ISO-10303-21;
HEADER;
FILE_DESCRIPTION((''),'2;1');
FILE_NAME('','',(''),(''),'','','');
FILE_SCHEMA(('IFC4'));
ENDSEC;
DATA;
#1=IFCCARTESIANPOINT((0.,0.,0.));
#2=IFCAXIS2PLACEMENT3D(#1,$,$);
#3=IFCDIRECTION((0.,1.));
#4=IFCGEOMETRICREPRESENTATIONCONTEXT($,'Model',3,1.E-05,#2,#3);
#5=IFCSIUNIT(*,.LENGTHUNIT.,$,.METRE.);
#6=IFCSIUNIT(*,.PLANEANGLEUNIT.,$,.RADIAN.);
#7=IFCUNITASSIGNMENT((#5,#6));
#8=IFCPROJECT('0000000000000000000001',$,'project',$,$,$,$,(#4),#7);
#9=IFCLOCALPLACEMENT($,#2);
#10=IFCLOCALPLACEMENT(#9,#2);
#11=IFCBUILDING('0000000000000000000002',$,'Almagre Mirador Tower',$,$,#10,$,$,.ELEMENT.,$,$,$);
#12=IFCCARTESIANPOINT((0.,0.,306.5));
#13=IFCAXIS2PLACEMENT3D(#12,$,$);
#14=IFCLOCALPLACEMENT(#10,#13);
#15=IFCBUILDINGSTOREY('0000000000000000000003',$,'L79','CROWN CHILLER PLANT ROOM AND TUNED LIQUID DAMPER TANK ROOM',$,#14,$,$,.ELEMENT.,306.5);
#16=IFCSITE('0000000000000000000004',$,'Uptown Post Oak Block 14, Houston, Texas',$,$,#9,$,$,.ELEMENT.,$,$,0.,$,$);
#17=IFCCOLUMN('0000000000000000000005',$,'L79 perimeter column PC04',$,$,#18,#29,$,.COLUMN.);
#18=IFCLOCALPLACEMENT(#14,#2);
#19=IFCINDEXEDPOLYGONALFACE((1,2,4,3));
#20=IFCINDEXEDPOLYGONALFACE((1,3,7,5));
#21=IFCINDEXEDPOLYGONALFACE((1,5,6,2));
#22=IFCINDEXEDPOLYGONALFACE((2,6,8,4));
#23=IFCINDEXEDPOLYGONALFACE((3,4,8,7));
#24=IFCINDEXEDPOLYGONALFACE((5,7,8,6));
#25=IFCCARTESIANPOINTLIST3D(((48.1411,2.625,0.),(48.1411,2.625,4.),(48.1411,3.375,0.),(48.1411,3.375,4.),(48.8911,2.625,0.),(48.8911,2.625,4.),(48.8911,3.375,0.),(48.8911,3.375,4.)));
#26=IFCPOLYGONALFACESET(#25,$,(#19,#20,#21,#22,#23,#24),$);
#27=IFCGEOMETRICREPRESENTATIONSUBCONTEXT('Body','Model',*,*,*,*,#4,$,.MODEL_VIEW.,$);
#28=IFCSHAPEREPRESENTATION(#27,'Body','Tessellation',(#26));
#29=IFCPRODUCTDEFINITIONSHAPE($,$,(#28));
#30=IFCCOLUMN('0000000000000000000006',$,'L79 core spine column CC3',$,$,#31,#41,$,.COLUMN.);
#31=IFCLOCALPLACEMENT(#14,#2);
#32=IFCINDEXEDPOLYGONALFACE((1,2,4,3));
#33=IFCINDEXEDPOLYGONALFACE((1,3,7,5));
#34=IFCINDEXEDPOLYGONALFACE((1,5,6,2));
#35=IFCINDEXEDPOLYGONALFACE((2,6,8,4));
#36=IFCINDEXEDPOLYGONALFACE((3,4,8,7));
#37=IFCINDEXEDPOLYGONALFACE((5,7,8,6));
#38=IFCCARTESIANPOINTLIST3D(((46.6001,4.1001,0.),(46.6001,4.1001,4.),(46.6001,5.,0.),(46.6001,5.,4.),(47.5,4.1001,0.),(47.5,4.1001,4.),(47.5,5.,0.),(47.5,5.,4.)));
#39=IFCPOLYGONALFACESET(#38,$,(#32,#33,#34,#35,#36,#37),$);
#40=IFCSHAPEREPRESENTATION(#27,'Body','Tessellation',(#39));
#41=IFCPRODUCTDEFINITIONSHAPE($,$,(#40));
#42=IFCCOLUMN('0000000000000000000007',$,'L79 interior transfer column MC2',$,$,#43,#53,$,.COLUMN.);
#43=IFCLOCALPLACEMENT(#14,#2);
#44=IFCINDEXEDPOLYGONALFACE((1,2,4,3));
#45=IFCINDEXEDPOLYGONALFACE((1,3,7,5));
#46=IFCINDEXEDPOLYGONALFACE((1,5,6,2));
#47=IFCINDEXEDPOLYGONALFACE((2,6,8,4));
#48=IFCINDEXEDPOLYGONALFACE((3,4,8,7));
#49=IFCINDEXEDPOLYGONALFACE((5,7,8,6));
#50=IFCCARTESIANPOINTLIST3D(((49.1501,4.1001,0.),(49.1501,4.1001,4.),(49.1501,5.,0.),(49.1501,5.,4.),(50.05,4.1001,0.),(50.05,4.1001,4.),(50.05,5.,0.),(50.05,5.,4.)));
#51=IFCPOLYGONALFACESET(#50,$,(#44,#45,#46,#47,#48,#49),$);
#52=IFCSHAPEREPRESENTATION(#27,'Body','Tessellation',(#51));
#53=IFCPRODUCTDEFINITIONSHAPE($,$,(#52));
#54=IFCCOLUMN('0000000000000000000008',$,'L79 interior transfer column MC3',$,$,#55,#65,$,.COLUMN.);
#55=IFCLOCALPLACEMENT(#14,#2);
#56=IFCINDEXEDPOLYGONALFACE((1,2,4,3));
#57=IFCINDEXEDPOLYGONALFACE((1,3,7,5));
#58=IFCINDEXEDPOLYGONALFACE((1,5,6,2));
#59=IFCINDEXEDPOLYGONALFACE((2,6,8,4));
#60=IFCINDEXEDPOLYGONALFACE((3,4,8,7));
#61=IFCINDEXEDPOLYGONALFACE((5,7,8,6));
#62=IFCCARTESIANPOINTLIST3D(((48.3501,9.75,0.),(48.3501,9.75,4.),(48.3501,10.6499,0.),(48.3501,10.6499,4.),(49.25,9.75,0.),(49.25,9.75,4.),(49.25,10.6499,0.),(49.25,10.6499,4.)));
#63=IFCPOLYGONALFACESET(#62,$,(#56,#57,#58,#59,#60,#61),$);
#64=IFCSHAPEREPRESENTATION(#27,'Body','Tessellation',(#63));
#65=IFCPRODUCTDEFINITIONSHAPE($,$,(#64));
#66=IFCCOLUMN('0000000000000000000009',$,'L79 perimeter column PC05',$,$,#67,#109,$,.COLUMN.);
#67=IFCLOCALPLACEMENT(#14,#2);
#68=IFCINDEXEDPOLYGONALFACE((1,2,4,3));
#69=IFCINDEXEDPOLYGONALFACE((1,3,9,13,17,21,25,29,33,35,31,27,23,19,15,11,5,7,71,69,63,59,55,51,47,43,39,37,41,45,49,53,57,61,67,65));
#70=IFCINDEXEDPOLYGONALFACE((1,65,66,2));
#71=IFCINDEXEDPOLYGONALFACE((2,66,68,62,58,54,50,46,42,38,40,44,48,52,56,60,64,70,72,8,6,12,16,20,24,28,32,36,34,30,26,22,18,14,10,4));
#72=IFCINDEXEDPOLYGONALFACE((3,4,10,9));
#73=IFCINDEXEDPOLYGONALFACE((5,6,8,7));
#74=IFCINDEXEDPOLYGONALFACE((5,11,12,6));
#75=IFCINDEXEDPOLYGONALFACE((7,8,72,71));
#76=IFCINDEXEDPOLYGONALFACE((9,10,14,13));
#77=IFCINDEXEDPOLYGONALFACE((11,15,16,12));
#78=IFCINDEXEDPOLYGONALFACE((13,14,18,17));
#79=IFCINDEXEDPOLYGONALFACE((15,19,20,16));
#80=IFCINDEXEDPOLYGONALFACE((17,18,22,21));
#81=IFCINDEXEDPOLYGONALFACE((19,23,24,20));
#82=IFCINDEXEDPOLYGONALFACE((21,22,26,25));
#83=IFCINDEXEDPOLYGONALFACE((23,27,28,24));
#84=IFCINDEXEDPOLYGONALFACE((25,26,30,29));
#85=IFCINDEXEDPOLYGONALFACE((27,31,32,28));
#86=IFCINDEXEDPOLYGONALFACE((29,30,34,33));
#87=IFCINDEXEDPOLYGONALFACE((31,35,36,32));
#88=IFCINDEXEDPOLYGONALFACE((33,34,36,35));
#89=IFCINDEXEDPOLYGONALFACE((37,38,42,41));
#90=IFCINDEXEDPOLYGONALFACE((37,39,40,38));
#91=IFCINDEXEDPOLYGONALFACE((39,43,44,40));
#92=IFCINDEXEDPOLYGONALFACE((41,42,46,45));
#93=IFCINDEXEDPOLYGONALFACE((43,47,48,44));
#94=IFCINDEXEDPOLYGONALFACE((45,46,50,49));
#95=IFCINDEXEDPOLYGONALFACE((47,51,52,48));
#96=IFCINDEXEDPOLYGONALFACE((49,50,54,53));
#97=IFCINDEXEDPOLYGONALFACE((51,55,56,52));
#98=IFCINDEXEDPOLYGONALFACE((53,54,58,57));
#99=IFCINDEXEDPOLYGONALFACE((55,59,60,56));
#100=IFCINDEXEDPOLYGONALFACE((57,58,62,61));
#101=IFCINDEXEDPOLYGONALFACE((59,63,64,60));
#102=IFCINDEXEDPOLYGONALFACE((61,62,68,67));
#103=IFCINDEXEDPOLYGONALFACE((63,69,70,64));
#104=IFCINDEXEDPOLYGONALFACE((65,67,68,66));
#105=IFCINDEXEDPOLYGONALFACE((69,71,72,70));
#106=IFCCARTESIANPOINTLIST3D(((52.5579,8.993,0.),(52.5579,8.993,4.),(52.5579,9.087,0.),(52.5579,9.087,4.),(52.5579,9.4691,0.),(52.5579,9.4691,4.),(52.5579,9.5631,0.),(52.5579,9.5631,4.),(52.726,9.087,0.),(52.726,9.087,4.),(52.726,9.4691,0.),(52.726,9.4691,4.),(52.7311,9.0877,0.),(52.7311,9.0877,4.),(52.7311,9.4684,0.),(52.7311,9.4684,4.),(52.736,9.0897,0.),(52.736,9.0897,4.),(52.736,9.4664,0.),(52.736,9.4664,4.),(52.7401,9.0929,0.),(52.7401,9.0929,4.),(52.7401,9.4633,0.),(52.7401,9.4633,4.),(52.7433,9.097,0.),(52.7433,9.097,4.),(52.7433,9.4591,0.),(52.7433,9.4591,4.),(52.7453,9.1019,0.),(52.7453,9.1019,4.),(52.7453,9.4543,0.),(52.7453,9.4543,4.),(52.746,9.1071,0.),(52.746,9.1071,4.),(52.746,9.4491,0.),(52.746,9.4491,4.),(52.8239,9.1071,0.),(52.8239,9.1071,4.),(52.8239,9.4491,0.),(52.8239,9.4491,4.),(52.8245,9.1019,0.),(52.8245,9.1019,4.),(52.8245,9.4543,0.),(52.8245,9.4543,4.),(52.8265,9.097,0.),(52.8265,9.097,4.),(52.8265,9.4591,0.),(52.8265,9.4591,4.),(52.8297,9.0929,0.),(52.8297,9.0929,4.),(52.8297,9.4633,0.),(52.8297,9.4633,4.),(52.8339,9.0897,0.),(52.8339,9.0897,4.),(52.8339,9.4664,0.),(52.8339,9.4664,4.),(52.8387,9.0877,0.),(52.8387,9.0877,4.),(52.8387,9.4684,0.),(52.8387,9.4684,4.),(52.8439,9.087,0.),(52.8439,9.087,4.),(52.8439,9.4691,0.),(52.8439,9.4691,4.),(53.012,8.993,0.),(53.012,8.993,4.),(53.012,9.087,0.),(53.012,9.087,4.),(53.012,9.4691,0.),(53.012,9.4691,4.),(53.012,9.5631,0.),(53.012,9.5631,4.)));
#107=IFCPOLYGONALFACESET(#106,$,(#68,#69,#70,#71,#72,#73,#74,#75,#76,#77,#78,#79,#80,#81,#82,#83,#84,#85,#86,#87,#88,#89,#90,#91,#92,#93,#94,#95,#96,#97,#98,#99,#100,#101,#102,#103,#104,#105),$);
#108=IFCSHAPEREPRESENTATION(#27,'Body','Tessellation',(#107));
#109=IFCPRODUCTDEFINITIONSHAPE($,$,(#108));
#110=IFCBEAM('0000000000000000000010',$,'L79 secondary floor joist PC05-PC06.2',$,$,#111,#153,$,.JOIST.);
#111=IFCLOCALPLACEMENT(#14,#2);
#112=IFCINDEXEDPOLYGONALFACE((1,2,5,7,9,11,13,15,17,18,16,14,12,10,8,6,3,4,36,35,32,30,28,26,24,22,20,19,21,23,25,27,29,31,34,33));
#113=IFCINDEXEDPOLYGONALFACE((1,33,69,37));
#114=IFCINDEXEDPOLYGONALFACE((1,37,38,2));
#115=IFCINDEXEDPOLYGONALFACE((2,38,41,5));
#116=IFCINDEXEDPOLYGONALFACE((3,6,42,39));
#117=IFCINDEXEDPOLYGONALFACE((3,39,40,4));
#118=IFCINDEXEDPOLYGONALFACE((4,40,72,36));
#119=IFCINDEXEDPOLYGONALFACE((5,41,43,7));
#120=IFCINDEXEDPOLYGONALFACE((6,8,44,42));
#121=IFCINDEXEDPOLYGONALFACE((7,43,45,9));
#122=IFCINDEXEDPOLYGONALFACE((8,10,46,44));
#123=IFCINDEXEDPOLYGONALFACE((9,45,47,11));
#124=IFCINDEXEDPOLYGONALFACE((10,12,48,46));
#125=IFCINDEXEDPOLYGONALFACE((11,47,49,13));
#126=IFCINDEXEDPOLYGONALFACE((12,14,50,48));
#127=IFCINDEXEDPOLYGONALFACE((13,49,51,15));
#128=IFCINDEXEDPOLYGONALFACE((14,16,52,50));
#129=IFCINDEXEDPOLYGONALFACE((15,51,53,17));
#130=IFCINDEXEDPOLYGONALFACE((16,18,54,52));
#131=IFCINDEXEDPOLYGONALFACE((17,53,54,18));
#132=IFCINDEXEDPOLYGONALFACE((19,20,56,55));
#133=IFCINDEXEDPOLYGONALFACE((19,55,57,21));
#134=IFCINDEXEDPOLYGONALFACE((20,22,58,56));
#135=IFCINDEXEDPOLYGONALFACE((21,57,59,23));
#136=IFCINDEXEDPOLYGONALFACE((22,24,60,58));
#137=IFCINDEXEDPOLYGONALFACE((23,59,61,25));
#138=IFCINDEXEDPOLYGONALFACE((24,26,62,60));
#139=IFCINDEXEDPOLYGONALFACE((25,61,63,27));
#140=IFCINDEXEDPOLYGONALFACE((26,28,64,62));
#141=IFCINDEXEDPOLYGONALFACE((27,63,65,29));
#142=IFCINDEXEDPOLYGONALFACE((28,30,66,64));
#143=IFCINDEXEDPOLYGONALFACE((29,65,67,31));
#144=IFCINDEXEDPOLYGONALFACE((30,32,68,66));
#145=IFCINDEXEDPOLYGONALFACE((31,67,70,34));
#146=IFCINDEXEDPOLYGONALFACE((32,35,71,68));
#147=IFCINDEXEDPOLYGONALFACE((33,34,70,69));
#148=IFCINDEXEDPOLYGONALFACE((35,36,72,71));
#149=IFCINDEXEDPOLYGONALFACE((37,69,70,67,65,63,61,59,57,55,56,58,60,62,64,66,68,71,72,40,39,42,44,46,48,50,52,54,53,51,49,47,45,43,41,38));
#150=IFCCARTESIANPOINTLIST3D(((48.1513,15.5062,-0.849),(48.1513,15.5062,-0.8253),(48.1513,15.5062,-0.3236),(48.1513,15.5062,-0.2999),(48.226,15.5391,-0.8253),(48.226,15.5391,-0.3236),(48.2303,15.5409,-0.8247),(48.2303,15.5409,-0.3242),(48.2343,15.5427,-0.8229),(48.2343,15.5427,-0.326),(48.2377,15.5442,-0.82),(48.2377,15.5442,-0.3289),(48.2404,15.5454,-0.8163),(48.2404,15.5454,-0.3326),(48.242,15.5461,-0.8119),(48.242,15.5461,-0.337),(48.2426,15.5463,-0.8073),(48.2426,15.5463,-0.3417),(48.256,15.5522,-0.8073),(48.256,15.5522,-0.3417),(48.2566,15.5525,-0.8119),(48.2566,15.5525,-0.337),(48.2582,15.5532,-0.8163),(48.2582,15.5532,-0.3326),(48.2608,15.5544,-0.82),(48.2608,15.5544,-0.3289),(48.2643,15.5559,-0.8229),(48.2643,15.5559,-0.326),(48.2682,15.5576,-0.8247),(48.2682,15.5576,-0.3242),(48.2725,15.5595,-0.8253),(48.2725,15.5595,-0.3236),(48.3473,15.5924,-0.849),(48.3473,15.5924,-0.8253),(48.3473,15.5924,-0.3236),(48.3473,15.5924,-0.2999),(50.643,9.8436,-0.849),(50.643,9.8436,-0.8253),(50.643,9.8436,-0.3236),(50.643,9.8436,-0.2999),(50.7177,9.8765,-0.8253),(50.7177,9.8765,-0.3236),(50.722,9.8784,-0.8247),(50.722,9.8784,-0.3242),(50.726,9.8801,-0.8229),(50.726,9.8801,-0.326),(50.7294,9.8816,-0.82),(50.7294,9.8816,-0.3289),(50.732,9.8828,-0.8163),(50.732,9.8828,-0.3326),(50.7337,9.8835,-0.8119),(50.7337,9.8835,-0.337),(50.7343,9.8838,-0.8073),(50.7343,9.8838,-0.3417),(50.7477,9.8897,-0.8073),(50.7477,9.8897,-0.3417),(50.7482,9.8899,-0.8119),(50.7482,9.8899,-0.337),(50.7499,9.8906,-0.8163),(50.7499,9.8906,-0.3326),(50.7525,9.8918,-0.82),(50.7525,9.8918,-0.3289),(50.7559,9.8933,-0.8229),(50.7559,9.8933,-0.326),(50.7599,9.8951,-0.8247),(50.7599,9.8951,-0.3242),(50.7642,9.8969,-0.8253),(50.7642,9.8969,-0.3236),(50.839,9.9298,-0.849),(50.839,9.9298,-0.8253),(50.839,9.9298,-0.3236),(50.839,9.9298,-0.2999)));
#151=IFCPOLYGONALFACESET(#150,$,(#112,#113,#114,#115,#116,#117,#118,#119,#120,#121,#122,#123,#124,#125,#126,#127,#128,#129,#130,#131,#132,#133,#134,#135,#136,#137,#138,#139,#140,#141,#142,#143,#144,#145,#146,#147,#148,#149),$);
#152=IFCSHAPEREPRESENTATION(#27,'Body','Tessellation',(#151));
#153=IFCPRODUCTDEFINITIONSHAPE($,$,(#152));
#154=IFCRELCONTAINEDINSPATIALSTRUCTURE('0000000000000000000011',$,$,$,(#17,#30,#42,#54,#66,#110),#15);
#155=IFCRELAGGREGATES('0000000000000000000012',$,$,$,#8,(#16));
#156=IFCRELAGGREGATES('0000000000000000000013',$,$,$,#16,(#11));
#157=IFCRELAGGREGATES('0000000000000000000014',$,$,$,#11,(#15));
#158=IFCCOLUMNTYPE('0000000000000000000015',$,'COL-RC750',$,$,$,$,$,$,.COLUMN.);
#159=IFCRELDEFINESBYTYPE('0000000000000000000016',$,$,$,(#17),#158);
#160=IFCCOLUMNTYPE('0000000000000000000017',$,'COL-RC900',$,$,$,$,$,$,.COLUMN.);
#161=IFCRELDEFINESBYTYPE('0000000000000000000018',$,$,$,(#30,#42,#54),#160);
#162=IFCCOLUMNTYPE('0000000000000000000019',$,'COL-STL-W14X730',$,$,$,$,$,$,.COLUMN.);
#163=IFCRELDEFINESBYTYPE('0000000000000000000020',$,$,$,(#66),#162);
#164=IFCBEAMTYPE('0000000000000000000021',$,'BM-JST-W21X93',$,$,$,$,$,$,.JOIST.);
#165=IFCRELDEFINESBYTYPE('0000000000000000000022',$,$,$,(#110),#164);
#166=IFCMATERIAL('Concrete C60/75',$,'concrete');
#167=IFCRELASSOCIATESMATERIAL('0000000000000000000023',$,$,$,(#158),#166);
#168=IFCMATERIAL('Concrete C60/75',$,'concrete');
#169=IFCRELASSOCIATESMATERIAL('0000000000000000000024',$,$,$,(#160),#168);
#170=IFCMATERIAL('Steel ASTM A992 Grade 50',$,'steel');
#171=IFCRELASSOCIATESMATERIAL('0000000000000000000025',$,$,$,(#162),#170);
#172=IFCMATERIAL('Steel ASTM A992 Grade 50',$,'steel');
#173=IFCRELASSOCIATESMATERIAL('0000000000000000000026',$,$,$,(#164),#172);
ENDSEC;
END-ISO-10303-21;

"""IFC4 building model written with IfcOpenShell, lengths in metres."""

from ifc_helpers import new_model, si_unit, direction, frame, origin, origin_2d, place, context, subcontext, project, spatial, rectangle, i_section, extrude, material, material_profile, profile_set, type_object, element, save


model = new_model("IFC4")

# Units and contexts
model_context = context("Model", 3, precision=1e-05, world=origin(), true_north=direction((0.0, 1.0)))
body_context = subcontext(model_context, "Body", "Model", "MODEL_VIEW")
ifc_project = project(units=[si_unit("LENGTHUNIT", "METRE"), si_unit("PLANEANGLEUNIT", "RADIAN")], contexts=[model_context])

# Site, building, storey
site_placement = place(None, origin())
site = spatial("IfcSite", under=ifc_project, at=site_placement, Name="Uptown Post Oak Block 14, Houston, Texas", CompositionType="ELEMENT", RefElevation=0.0)
building_placement = place(site_placement, origin())
building = spatial("IfcBuilding", under=site, at=building_placement, Name="Almagre Mirador Tower", CompositionType="ELEMENT")
storey_placement = place(building_placement, frame((0.0, 0.0, 306.5)))
storey = spatial("IfcBuildingStorey", under=building, at=storey_placement, Name="L79", Description="CROWN CHILLER PLANT ROOM AND TUNED LIQUID DAMPER TANK ROOM", CompositionType="ELEMENT", Elevation=306.5)

# Columns
ifc_material_1 = material(Name="Concrete C60/75", Category="concrete")
ifc_material_profile_1 = material_profile(ifc_material_1, rectangle(XDim=0.75, YDim=0.75, at=origin_2d()), Name="RC750X750")
ifc_profile_set_1 = profile_set([ifc_material_profile_1], Name="Concrete C60/75")
column_type_1 = type_object("IfcColumnType", Name="COL-RC750", PredefinedType="COLUMN", material=ifc_profile_set_1)
column_1_placement = place(storey_placement, frame((48.5161, 3.0, 0.0), z_axis=(0.0, 0.0, 1.0), x_axis=(1.0, 0.0, 0.0)))
element("IfcColumn", 1, at=column_1_placement, inside=storey, type_object=column_type_1, Name="L79 perimeter column PC04", PredefinedType="COLUMN", context=body_context, shape_type="SweptSolid", body=[
    extrude(rectangle(XDim=0.75, YDim=0.75, at=origin_2d()), origin(), (0.0, 0.0, 1.0), 4.0),
])
ifc_material_2 = material(Name="Concrete C60/75", Category="concrete")
ifc_material_profile_2 = material_profile(ifc_material_2, rectangle(XDim=0.8999, YDim=0.8999, at=origin_2d()), Name="RC900X900")
ifc_profile_set_2 = profile_set([ifc_material_profile_2], Name="Concrete C60/75")
column_type_2 = type_object("IfcColumnType", Name="COL-RC900", PredefinedType="COLUMN", material=ifc_profile_set_2)
for number, where, z_axis, x_axis, name in (
    (2, (47.05, 4.55, 0.0), (0.0, 0.0, 1.0), (1.0, 0.0, 0.0), "L79 core spine column CC3"),
    (3, (49.6001, 4.55, 0.0), (0.0, 0.0, 1.0), (1.0, 0.0, 0.0), "L79 interior transfer column MC2"),
    (4, (48.8, 10.2, 0.0), (0.0, 0.0, 1.0), (1.0, 0.0, 0.0), "L79 interior transfer column MC3"),
):
    element("IfcColumn", number, at=place(storey_placement, frame(where, z_axis=z_axis, x_axis=x_axis)), inside=storey, type_object=column_type_2, Name=name, PredefinedType="COLUMN", context=body_context, shape_type="SweptSolid", body=[
        extrude(rectangle(XDim=0.8999, YDim=0.8999, at=origin_2d()), origin(), (0.0, 0.0, 1.0), 4.0),
    ])
ifc_material_3 = material(Name="Steel ASTM A992 Grade 50", Category="steel")
ifc_material_profile_3 = material_profile(ifc_material_3, i_section(OverallWidth=0.4541, OverallDepth=0.5701, WebThickness=0.0779, FlangeThickness=0.094, FilletRadius=0.02, at=origin_2d()), Name="W14X730")
ifc_profile_set_3 = profile_set([ifc_material_profile_3], Name="Steel ASTM A992 Grade 50")
column_type_3 = type_object("IfcColumnType", Name="COL-STL-W14X730", PredefinedType="COLUMN", material=ifc_profile_set_3)
column_2_placement = place(storey_placement, frame((52.7849, 9.2781, 0.0), z_axis=(0.0, 0.0, 1.0), x_axis=(1.0, 0.0, 0.0)))
element("IfcColumn", 5, at=column_2_placement, inside=storey, type_object=column_type_3, Name="L79 perimeter column PC05", PredefinedType="COLUMN", context=body_context, shape_type="SweptSolid", body=[
    extrude(i_section(OverallWidth=0.4541, OverallDepth=0.5701, WebThickness=0.0779, FlangeThickness=0.094, FilletRadius=0.02, at=origin_2d()), origin(), (0.0, 0.0, 1.0), 4.0),
])

# Beam
ifc_material_4 = material(Name="Steel ASTM A992 Grade 50", Category="steel")
ifc_material_profile_4 = material_profile(ifc_material_4, i_section(OverallWidth=0.2141, OverallDepth=0.5491, WebThickness=0.0146, FlangeThickness=0.0237, FilletRadius=0.0181, at=origin_2d()), Name="W21X93")
ifc_profile_set_4 = profile_set([ifc_material_profile_4], Name="Steel ASTM A992 Grade 50")
beam_type_1 = type_object("IfcBeamType", Name="BM-JST-W21X93", PredefinedType="JOIST", material=ifc_profile_set_4)
beam_1_placement = place(storey_placement, frame((50.741, 9.8867, -0.5745), z_axis=(-0.40276, 0.915306, 0.0), x_axis=(-0.915306, -0.40276, 0.0)))
element("IfcBeam", 6, at=beam_1_placement, inside=storey, type_object=beam_type_1, Name="L79 secondary floor joist PC05-PC06.2", PredefinedType="JOIST", context=body_context, shape_type="SweptSolid", body=[
    extrude(i_section(OverallWidth=0.2141, OverallDepth=0.5491, WebThickness=0.0146, FlangeThickness=0.0237, FilletRadius=0.0181, at=origin_2d()), origin(), (0.0, 0.0, 1.0), 6.1865),
])

save(model, "model.ifc")
